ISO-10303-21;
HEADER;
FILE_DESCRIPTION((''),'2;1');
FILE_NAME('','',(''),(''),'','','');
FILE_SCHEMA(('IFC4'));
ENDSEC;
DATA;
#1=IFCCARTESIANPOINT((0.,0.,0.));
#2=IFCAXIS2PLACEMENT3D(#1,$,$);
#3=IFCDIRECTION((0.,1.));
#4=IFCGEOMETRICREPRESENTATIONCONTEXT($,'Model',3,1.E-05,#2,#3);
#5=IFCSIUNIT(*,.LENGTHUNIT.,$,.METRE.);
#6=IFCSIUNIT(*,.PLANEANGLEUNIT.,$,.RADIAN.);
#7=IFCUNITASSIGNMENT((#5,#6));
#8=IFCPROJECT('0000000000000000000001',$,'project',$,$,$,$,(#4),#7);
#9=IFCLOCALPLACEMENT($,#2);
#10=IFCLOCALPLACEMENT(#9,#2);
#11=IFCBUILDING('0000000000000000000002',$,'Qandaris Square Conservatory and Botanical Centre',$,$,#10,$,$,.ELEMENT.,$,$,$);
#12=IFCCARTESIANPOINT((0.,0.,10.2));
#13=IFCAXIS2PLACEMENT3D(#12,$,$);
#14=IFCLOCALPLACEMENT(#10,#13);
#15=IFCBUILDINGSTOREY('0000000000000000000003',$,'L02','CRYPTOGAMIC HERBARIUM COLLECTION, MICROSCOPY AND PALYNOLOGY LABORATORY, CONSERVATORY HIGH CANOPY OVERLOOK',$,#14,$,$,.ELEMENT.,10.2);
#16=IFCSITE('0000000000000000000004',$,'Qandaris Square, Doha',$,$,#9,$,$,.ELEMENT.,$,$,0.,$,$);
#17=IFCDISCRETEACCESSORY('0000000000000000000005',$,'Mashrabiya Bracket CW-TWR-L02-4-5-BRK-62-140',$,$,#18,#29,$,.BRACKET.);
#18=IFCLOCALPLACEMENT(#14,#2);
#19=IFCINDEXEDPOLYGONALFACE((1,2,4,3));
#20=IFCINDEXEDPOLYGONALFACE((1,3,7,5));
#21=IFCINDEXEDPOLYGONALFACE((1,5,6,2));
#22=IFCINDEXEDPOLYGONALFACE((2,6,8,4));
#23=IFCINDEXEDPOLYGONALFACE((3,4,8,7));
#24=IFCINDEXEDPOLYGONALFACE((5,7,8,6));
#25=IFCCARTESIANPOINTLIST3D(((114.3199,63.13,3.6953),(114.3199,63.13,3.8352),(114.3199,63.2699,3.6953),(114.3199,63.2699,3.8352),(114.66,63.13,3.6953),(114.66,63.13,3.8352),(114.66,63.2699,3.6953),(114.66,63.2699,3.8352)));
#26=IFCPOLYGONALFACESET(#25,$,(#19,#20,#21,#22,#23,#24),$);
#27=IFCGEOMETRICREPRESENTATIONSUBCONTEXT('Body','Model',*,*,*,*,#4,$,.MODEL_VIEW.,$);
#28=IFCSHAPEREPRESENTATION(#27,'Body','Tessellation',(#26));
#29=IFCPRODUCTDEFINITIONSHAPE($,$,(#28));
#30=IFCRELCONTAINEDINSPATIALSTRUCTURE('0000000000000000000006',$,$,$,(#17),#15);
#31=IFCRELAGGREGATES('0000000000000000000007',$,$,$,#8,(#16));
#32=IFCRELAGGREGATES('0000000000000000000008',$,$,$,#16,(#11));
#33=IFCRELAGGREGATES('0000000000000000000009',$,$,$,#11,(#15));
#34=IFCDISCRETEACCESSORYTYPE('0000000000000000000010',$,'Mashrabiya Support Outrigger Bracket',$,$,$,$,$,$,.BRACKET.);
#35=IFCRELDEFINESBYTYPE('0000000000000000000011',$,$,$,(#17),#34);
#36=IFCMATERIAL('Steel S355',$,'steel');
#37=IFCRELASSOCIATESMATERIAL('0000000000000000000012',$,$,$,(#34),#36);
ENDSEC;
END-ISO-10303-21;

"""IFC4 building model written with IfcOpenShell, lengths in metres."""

from ifc_helpers import new_model, si_unit, direction, frame, origin, origin_2d, place, context, subcontext, project, spatial, rectangle, extrude, material, type_object, element, save


model = new_model("IFC4")

# Units and contexts
model_context = context("Model", 3, precision=1e-05, world=origin(), true_north=direction((0.0, 1.0)))
body_context = subcontext(model_context, "Body", "Model", "MODEL_VIEW")
ifc_project = project(units=[si_unit("LENGTHUNIT", "METRE"), si_unit("PLANEANGLEUNIT", "RADIAN")], contexts=[model_context])

# Site, building, storey
site_placement = place(None, origin())
site = spatial("IfcSite", under=ifc_project, at=site_placement, Name="Qandaris Square, Doha", CompositionType="ELEMENT", RefElevation=0.0)
building_placement = place(site_placement, origin())
building = spatial("IfcBuilding", under=site, at=building_placement, Name="Qandaris Square Conservatory and Botanical Centre", CompositionType="ELEMENT")
storey_placement = place(building_placement, frame((0.0, 0.0, 10.2)))
storey = spatial("IfcBuildingStorey", under=building, at=storey_placement, Name="L02", Description="CRYPTOGAMIC HERBARIUM COLLECTION, MICROSCOPY AND PALYNOLOGY LABORATORY, CONSERVATORY HIGH CANOPY OVERLOOK", CompositionType="ELEMENT", Elevation=10.2)

# Discrete accessory
ifc_material_1 = material(Name="Steel S355", Category="steel")
discrete_accessory_type = type_object("IfcDiscreteAccessoryType", Name="Mashrabiya Support Outrigger Bracket", PredefinedType="BRACKET", material=ifc_material_1)
for number, where, z_axis, x_axis, name in (
    (1, (114.49, 63.2, 3.6953), (0.0, 0.0, 1.0), (0.0, -1.0, 0.0), "Mashrabiya Bracket CW-TWR-L02-4-5-BRK-62-140"),
):
    element("IfcDiscreteAccessory", number, at=place(storey_placement, frame(where, z_axis=z_axis, x_axis=x_axis)), inside=storey, type_object=discrete_accessory_type, Name=name, PredefinedType="BRACKET", context=body_context, shape_type="SweptSolid", body=[
        extrude(rectangle(XDim=0.1399, YDim=0.3401, at=origin_2d()), origin(), (0.0, 0.0, 1.0), 0.1399),
    ])

save(model, "model.ifc")
